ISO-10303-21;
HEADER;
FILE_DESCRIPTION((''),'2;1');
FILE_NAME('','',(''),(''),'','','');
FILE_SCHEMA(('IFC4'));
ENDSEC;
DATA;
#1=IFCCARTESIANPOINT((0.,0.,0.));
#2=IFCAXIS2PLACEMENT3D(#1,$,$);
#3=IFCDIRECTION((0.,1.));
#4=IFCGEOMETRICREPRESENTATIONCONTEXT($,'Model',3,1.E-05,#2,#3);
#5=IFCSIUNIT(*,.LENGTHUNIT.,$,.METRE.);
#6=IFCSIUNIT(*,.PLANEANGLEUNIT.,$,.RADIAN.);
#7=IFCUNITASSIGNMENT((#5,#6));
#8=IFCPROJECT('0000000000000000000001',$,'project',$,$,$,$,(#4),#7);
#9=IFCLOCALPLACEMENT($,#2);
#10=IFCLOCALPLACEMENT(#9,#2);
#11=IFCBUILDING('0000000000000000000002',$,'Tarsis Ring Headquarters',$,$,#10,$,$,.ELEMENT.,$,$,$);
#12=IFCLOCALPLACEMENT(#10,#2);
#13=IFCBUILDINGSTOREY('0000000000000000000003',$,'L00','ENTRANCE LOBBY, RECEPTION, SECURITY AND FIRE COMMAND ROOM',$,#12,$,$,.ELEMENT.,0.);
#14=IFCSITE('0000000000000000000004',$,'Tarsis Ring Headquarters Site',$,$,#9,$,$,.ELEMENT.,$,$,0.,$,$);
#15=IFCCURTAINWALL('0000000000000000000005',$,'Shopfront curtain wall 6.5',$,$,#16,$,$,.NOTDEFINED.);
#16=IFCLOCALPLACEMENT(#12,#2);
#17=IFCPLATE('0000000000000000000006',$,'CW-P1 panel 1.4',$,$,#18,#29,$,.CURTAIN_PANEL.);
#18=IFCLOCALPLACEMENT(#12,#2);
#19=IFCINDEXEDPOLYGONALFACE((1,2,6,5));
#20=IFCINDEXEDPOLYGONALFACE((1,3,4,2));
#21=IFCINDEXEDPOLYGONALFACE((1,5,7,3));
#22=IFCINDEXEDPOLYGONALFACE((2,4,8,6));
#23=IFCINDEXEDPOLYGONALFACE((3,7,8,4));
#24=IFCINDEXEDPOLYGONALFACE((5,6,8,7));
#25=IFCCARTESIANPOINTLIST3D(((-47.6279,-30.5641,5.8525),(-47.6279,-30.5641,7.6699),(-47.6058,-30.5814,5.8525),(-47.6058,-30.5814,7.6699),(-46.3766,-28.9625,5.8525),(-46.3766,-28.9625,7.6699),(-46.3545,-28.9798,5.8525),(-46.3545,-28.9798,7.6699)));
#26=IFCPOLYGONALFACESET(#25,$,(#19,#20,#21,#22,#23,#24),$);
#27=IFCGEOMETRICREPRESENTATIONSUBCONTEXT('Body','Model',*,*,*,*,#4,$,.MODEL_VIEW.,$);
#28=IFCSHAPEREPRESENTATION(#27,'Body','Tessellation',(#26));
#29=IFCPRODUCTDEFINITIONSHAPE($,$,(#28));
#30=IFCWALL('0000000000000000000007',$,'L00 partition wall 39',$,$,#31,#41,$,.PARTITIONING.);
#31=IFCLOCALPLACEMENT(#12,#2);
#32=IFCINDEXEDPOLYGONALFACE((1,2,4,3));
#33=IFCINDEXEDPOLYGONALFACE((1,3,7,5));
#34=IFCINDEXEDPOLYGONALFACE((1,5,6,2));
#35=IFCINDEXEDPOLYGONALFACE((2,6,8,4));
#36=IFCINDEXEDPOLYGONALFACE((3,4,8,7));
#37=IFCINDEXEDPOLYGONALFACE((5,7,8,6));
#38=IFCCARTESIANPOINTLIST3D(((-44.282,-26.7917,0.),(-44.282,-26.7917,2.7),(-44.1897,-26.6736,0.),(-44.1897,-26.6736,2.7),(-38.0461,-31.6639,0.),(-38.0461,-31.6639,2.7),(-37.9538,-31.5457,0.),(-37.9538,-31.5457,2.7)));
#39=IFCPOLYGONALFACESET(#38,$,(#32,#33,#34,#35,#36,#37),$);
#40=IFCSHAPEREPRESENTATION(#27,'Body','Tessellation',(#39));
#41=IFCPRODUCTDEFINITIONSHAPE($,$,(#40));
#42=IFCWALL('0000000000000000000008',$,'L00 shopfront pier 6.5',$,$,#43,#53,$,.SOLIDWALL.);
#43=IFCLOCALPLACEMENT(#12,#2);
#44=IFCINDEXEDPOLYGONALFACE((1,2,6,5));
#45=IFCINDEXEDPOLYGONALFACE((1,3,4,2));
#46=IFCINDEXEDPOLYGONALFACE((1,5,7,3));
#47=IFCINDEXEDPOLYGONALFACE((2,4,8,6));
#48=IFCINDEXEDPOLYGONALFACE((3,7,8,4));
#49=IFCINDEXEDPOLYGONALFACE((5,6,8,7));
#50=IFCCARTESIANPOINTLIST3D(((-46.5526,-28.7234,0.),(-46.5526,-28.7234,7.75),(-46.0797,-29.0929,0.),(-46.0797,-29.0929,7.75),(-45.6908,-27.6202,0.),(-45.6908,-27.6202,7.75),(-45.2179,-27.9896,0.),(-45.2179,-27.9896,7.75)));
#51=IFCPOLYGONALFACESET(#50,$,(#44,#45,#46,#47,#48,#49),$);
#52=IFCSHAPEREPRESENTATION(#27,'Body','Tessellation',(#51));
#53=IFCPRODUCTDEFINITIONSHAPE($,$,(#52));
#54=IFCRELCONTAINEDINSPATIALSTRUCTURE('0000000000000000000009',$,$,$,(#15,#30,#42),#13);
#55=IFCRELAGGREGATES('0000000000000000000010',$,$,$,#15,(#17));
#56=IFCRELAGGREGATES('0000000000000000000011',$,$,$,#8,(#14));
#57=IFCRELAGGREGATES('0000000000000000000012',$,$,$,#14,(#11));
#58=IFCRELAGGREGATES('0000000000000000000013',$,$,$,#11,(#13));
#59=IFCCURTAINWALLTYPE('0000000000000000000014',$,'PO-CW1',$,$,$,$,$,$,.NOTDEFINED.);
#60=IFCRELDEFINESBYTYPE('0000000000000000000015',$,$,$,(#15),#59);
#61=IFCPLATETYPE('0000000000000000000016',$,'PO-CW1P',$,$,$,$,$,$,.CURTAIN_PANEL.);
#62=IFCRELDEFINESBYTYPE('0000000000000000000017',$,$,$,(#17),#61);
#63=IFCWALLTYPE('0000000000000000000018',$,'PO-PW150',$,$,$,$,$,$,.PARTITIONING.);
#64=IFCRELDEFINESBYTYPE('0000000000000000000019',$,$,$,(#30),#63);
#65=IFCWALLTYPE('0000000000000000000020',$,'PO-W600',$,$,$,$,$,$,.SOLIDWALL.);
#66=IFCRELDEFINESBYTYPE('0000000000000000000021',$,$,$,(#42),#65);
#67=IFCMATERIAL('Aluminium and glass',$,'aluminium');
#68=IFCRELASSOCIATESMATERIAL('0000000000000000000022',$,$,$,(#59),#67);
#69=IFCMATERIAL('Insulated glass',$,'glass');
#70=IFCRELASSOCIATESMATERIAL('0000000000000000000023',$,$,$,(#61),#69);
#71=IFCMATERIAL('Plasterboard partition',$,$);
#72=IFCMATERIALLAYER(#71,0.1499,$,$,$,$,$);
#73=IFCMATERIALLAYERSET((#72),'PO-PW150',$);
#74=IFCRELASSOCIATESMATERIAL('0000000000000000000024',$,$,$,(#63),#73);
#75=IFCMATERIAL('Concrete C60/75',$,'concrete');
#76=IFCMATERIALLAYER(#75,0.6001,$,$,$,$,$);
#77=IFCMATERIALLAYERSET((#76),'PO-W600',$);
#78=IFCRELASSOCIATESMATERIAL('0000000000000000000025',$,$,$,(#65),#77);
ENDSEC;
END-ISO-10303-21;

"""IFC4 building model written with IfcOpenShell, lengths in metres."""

from ifc_helpers import new_model, si_unit, direction, frame, frame_2d, origin, origin_2d, place, context, subcontext, project, spatial, rectangle, extrude, material, layer, layer_set, type_object, element, aggregate, save


model = new_model("IFC4")

# Units and contexts
model_context = context("Model", 3, precision=1e-05, world=origin(), true_north=direction((0.0, 1.0)))
body_context = subcontext(model_context, "Body", "Model", "MODEL_VIEW")
ifc_project = project(units=[si_unit("LENGTHUNIT", "METRE"), si_unit("PLANEANGLEUNIT", "RADIAN")], contexts=[model_context])

# Site, building, storey
site_placement = place(None, origin())
site = spatial("IfcSite", under=ifc_project, at=site_placement, Name="Tarsis Ring Headquarters Site", CompositionType="ELEMENT", RefElevation=0.0)
building_placement = place(site_placement, origin())
building = spatial("IfcBuilding", under=site, at=building_placement, Name="Tarsis Ring Headquarters", CompositionType="ELEMENT")
storey_placement = place(building_placement, origin())
storey = spatial("IfcBuildingStorey", under=building, at=storey_placement, Name="L00", Description="ENTRANCE LOBBY, RECEPTION, SECURITY AND FIRE COMMAND ROOM", CompositionType="ELEMENT", Elevation=0.0)

# Shared definitions
ifc_material_1 = material(Name="Aluminium and glass", Category="aluminium")
curtain_wall_type = type_object("IfcCurtainWallType", Name="PO-CW1", PredefinedType="NOTDEFINED", material=ifc_material_1)

# Curtain wall
curtain_wall_1_placement = place(storey_placement, origin())
curtain_wall_1 = element("IfcCurtainWall", 1, at=curtain_wall_1_placement, inside=storey, type_object=curtain_wall_type, Name="Shopfront curtain wall 6.5", PredefinedType="NOTDEFINED")

# Plate
ifc_material_2 = material(Name="Insulated glass", Category="glass")
plate_type = type_object("IfcPlateType", Name="PO-CW1P", PredefinedType="CURTAIN_PANEL", material=ifc_material_2)
plate_1_placement = place(storey_placement, frame((-46.9912, -29.772, 5.8525), z_axis=(0.0, 0.0, 1.0), x_axis=(-0.615662, -0.788011, 0.0)))
plate_1 = element("IfcPlate", 2, at=plate_1_placement, type_object=plate_type, Name="CW-P1 panel 1.4", PredefinedType="CURTAIN_PANEL", context=body_context, shape_type="SweptSolid", body=[
    extrude(rectangle(XDim=2.0325, YDim=0.0281, at=origin_2d()), origin(), (0.0, 0.0, 1.0), 1.8174),
])
aggregate(curtain_wall_1, [plate_1])

# Walls
ifc_material_3 = material(Name="Plasterboard partition")
ifc_layer_1 = layer(ifc_material_3, 0.1499)
ifc_layer_set_1 = layer_set([ifc_layer_1], Name="PO-PW150")
wall_type_1 = type_object("IfcWallType", Name="PO-PW150", PredefinedType="PARTITIONING", material=ifc_layer_set_1)
wall_1_placement = place(storey_placement, frame((-44.2358, -26.7327, 0.0), z_axis=(0.0, 0.0, 1.0), x_axis=(0.788005, -0.615669, 0.0)))
element("IfcWall", 3, at=wall_1_placement, inside=storey, type_object=wall_type_1, Name="L00 partition wall 39", PredefinedType="PARTITIONING", context=body_context, shape_type="SweptSolid", body=[
    extrude(rectangle(XDim=7.9136, YDim=0.1499, at=frame_2d((3.9568, 0.0))), origin(), (0.0, 0.0, 1.0), 2.7),
])
ifc_material_4 = material(Name="Concrete C60/75", Category="concrete")
ifc_layer_2 = layer(ifc_material_4, 0.6001)
ifc_layer_set_2 = layer_set([ifc_layer_2], Name="PO-W600")
wall_type_2 = type_object("IfcWallType", Name="PO-W600", PredefinedType="SOLIDWALL", material=ifc_layer_set_2)
wall_2_placement = place(storey_placement, frame((-45.4543, -27.8049, 0.0), z_axis=(0.0, 0.0, 1.0), x_axis=(-0.615593, -0.788064, 0.0)))
element("IfcWall", 4, at=wall_2_placement, inside=storey, type_object=wall_type_2, Name="L00 shopfront pier 6.5", PredefinedType="SOLIDWALL", context=body_context, shape_type="SweptSolid", body=[
    extrude(rectangle(XDim=1.3999, YDim=0.6001, at=frame_2d((0.7, 0.0))), origin(), (0.0, 0.0, 1.0), 7.75),
])

save(model, "model.ifc")
